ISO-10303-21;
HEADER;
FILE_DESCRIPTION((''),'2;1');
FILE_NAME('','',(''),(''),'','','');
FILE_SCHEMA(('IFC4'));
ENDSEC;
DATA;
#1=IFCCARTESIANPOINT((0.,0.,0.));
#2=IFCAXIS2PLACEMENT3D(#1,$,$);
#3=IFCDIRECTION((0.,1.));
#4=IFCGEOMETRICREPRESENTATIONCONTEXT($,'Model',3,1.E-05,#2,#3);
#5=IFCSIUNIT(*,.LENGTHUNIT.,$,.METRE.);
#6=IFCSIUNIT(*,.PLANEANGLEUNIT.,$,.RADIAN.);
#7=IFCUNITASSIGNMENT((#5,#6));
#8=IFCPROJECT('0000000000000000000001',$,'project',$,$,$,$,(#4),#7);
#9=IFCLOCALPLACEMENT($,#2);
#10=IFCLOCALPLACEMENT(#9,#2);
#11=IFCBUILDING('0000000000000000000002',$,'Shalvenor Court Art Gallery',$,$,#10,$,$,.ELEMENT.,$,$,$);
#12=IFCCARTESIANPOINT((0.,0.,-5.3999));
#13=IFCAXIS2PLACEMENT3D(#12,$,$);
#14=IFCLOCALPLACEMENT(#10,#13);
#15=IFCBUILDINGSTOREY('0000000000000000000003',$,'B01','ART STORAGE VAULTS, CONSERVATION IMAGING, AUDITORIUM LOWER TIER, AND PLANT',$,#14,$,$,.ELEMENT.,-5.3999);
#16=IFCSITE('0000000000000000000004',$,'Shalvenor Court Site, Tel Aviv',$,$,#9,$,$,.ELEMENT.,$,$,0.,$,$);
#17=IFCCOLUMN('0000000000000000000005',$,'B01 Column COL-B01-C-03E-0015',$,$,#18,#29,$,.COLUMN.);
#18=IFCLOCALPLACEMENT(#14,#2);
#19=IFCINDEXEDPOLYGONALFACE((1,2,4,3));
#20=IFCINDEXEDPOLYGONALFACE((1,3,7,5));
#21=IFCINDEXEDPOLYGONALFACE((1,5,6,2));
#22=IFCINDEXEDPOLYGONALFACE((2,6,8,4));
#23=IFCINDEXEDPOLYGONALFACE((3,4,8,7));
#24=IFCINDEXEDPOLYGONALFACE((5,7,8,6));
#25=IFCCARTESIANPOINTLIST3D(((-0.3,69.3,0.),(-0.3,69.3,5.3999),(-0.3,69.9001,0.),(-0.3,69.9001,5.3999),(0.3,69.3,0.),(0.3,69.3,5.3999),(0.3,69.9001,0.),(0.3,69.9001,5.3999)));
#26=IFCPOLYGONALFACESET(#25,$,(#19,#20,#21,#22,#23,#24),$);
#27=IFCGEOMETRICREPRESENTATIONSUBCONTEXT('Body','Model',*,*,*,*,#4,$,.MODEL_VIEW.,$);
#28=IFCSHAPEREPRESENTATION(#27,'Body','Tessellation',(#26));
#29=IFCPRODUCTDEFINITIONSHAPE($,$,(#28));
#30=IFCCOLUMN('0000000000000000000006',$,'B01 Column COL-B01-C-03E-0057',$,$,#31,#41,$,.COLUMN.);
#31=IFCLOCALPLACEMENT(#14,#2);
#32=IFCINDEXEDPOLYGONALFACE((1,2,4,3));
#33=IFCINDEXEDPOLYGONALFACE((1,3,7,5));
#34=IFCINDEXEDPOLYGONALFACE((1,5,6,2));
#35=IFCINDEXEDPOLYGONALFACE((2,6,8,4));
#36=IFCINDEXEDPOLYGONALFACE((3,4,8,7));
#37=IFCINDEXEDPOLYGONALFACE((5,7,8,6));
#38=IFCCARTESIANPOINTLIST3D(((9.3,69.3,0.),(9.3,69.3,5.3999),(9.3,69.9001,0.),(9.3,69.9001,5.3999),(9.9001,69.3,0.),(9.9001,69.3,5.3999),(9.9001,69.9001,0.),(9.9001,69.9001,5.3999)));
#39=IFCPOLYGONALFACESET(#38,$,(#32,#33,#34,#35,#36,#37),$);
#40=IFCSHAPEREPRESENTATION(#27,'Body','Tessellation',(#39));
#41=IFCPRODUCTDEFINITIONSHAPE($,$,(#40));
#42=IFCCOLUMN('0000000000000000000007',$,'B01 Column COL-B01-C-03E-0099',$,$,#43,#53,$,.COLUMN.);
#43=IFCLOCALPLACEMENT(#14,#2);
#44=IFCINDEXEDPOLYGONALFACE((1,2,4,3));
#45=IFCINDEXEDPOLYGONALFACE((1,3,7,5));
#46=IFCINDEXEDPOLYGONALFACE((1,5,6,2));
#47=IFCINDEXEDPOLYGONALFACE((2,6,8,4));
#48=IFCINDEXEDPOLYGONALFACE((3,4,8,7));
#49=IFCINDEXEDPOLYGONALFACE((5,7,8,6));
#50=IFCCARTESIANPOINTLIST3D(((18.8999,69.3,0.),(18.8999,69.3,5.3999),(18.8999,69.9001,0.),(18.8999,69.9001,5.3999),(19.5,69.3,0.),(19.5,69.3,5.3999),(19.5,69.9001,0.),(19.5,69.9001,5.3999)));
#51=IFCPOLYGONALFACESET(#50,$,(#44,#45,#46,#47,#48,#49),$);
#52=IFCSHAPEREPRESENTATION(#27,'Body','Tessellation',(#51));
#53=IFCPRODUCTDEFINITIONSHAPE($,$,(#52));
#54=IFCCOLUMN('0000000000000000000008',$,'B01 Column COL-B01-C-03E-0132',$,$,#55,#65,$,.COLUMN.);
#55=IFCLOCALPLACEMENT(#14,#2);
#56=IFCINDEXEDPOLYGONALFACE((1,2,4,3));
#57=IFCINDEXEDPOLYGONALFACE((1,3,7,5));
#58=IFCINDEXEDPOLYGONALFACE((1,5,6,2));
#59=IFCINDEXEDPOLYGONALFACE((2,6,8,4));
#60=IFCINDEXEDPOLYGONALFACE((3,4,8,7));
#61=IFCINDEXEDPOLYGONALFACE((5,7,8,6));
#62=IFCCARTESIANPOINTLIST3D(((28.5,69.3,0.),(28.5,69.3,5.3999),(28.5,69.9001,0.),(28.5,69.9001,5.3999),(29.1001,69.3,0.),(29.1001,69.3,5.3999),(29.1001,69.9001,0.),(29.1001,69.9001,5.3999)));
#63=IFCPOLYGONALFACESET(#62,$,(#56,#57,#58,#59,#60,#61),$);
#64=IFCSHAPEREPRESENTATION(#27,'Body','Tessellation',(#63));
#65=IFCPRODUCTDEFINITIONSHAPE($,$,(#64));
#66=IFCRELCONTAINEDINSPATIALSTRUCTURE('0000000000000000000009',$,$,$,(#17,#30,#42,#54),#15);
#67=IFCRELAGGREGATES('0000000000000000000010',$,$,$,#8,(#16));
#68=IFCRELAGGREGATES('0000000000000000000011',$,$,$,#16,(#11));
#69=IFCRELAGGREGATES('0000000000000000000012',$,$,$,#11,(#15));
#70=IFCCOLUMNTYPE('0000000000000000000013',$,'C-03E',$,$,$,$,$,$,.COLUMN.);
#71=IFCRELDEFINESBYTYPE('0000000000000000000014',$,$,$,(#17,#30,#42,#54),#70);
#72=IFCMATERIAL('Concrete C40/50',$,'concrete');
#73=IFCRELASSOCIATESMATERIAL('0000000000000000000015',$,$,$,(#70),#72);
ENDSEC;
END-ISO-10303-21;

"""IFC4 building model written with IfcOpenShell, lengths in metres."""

from ifc_helpers import new_model, si_unit, direction, frame, origin, origin_2d, place, context, subcontext, project, spatial, rectangle, extrude, material, material_profile, profile_set, type_object, element, save


model = new_model("IFC4")

# Units and contexts
model_context = context("Model", 3, precision=1e-05, world=origin(), true_north=direction((0.0, 1.0)))
body_context = subcontext(model_context, "Body", "Model", "MODEL_VIEW")
ifc_project = project(units=[si_unit("LENGTHUNIT", "METRE"), si_unit("PLANEANGLEUNIT", "RADIAN")], contexts=[model_context])

# Site, building, storey
site_placement = place(None, origin())
site = spatial("IfcSite", under=ifc_project, at=site_placement, Name="Shalvenor Court Site, Tel Aviv", CompositionType="ELEMENT", RefElevation=0.0)
building_placement = place(site_placement, origin())
building = spatial("IfcBuilding", under=site, at=building_placement, Name="Shalvenor Court Art Gallery", CompositionType="ELEMENT")
storey_placement = place(building_placement, frame((0.0, 0.0, -5.3999)))
storey = spatial("IfcBuildingStorey", under=building, at=storey_placement, Name="B01", Description="ART STORAGE VAULTS, CONSERVATION IMAGING, AUDITORIUM LOWER TIER, AND PLANT", CompositionType="ELEMENT", Elevation=-5.3999)

# Columns
ifc_material_1 = material(Name="Concrete C40/50", Category="concrete")
ifc_material_profile_1 = material_profile(ifc_material_1, rectangle(XDim=0.6001, YDim=0.6001, at=origin_2d()), Name="RC 600x600")
ifc_profile_set_1 = profile_set([ifc_material_profile_1], Name="Concrete C40/50")
column_type = type_object("IfcColumnType", Name="C-03E", PredefinedType="COLUMN", material=ifc_profile_set_1)
for number, where, z_axis, x_axis, name in (
    (1, (0.0, 69.6001, 0.0), (0.0, 0.0, 1.0), (1.0, 0.0, 0.0), "B01 Column COL-B01-C-03E-0015"),
    (2, (9.6001, 69.6001, 0.0), (0.0, 0.0, 1.0), (1.0, 0.0, 0.0), "B01 Column COL-B01-C-03E-0057"),
    (3, (19.2, 69.6001, 0.0), (0.0, 0.0, 1.0), (1.0, 0.0, 0.0), "B01 Column COL-B01-C-03E-0099"),
    (4, (28.8, 69.6001, 0.0), (0.0, 0.0, 1.0), (1.0, 0.0, 0.0), "B01 Column COL-B01-C-03E-0132"),
):
    element("IfcColumn", number, at=place(storey_placement, frame(where, z_axis=z_axis, x_axis=x_axis)), inside=storey, type_object=column_type, Name=name, PredefinedType="COLUMN", context=body_context, shape_type="SweptSolid", body=[
        extrude(rectangle(XDim=0.6001, YDim=0.6001, at=origin_2d()), origin(), (0.0, 0.0, 1.0), 5.3999),
    ])

save(model, "model.ifc")
